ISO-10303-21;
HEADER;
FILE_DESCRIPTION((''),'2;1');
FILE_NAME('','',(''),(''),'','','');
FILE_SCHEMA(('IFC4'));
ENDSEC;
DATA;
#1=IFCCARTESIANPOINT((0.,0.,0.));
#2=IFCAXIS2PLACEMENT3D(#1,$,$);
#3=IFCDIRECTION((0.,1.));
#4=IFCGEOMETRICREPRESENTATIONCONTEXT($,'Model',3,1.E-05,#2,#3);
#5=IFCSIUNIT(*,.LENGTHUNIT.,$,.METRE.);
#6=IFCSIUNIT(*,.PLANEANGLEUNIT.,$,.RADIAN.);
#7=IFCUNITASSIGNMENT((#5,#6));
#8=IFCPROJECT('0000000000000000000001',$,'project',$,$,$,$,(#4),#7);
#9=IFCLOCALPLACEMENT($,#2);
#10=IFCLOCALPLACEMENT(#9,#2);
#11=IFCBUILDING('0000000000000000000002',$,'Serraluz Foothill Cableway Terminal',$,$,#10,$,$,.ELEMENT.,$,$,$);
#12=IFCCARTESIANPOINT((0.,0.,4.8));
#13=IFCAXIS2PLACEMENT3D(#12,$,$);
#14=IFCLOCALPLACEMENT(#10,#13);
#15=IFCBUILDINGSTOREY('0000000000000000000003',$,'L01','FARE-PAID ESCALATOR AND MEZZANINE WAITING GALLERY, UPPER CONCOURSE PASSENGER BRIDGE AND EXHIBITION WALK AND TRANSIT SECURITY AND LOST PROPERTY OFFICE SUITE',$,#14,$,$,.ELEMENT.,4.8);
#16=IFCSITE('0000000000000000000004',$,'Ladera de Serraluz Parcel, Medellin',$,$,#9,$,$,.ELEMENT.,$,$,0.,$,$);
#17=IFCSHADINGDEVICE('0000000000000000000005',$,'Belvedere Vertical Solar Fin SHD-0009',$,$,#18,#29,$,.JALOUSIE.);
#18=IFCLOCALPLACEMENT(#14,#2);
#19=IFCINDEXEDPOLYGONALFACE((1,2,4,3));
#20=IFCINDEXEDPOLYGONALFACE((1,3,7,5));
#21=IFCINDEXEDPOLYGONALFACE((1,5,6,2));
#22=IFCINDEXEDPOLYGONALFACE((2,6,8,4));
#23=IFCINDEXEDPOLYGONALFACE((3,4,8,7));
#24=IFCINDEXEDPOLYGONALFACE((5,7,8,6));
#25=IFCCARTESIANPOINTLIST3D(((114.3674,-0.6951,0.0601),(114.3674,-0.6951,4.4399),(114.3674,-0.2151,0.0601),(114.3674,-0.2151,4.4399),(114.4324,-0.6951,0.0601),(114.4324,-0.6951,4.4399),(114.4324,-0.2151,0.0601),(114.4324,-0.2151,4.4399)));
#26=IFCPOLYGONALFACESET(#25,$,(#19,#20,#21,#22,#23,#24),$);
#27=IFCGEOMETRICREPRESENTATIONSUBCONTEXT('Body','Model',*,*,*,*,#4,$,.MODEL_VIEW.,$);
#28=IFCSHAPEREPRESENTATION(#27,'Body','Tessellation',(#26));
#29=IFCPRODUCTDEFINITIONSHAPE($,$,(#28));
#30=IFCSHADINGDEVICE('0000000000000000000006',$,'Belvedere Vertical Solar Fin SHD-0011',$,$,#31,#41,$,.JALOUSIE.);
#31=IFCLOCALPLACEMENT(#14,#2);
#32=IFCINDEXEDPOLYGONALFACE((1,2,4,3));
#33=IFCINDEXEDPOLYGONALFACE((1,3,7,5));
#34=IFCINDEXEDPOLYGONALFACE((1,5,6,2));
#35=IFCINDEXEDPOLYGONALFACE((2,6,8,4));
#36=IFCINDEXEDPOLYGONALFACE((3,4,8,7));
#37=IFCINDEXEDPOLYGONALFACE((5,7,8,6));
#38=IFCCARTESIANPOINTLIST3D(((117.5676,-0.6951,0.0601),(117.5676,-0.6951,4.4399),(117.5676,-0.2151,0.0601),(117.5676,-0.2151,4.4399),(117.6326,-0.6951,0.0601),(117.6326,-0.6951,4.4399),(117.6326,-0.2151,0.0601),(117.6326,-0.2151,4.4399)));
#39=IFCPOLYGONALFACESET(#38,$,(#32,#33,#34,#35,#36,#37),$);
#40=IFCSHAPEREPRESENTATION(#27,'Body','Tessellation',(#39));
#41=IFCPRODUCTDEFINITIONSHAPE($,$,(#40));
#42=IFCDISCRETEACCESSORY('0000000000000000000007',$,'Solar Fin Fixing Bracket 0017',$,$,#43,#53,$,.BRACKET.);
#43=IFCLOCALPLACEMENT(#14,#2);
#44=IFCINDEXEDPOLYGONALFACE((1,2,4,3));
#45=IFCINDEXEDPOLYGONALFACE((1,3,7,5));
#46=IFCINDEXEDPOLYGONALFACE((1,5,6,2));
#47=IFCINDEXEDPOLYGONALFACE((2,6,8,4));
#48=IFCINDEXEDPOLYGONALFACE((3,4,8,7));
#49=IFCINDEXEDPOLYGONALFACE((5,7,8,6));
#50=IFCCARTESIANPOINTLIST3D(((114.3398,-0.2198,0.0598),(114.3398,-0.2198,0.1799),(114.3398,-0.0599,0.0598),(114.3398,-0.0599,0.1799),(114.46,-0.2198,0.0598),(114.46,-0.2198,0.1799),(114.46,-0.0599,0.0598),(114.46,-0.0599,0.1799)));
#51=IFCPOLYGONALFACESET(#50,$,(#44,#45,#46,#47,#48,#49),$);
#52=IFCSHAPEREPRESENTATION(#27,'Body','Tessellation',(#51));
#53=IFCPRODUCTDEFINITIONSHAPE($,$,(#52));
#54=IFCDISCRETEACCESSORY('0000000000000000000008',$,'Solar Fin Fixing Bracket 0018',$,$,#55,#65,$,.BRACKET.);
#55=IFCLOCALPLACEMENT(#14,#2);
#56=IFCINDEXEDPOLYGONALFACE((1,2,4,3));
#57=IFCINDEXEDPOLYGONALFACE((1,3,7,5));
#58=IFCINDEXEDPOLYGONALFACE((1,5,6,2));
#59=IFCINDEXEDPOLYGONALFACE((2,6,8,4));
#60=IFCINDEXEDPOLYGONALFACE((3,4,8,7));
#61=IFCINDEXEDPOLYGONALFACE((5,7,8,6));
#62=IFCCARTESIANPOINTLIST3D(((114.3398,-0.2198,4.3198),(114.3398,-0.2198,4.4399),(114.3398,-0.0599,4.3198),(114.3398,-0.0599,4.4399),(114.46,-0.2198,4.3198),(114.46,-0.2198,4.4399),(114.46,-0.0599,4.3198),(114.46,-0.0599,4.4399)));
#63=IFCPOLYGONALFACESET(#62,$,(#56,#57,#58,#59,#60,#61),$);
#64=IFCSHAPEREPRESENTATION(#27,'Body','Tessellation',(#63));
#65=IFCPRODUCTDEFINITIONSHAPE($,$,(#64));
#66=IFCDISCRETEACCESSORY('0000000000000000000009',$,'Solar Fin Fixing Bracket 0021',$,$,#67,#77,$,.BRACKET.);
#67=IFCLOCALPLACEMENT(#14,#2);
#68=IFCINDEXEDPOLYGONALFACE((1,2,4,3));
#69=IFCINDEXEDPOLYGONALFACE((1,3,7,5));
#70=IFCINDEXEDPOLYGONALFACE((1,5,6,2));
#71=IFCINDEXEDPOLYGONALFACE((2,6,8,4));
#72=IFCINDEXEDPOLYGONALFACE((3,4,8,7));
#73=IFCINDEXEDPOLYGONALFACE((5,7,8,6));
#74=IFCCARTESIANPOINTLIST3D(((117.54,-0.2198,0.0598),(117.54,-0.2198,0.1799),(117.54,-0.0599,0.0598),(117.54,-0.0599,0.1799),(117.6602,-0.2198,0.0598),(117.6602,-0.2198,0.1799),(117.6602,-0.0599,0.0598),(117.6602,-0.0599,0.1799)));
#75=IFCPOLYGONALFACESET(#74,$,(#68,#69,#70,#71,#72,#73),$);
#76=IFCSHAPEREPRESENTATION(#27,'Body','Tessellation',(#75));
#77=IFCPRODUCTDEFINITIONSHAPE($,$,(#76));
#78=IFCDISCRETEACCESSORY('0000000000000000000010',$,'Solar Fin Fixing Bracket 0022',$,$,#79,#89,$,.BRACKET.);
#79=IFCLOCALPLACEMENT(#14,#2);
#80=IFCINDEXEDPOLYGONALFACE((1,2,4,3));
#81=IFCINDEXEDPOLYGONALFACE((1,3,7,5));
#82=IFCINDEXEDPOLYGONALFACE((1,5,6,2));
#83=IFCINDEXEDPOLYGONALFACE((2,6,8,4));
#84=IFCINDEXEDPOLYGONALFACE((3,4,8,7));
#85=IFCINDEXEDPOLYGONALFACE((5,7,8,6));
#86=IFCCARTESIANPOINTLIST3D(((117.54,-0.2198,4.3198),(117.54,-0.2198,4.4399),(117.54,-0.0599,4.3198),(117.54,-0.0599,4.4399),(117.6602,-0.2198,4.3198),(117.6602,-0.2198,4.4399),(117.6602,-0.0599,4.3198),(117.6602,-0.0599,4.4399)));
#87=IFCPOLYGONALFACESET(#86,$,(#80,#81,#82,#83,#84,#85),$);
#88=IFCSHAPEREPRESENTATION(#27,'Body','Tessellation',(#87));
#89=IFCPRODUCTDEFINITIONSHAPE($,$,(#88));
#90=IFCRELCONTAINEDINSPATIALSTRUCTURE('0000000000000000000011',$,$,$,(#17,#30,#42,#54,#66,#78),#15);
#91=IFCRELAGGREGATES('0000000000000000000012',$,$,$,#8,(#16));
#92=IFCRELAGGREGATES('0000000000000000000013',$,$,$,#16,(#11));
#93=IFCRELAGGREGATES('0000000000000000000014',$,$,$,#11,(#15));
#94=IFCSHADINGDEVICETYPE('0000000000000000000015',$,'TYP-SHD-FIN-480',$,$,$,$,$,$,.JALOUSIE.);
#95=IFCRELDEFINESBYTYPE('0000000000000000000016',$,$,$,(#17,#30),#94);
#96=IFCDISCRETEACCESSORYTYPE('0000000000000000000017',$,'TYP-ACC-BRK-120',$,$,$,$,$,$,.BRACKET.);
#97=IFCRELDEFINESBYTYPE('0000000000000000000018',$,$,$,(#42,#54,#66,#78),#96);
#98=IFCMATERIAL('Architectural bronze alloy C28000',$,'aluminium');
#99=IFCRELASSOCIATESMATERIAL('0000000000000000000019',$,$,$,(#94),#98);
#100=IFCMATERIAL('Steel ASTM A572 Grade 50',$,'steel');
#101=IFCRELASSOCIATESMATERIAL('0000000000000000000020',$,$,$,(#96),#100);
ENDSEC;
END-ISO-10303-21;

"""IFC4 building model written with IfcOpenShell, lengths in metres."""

from ifc_helpers import new_model, si_unit, direction, frame, origin, origin_2d, place, context, subcontext, project, spatial, rectangle, extrude, material, type_object, element, save


model = new_model("IFC4")

# Units and contexts
model_context = context("Model", 3, precision=1e-05, world=origin(), true_north=direction((0.0, 1.0)))
body_context = subcontext(model_context, "Body", "Model", "MODEL_VIEW")
ifc_project = project(units=[si_unit("LENGTHUNIT", "METRE"), si_unit("PLANEANGLEUNIT", "RADIAN")], contexts=[model_context])

# Site, building, storey
site_placement = place(None, origin())
site = spatial("IfcSite", under=ifc_project, at=site_placement, Name="Ladera de Serraluz Parcel, Medellin", CompositionType="ELEMENT", RefElevation=0.0)
building_placement = place(site_placement, origin())
building = spatial("IfcBuilding", under=site, at=building_placement, Name="Serraluz Foothill Cableway Terminal", CompositionType="ELEMENT")
storey_placement = place(building_placement, frame((0.0, 0.0, 4.8)))
storey = spatial("IfcBuildingStorey", under=building, at=storey_placement, Name="L01", Description="FARE-PAID ESCALATOR AND MEZZANINE WAITING GALLERY, UPPER CONCOURSE PASSENGER BRIDGE AND EXHIBITION WALK AND TRANSIT SECURITY AND LOST PROPERTY OFFICE SUITE", CompositionType="ELEMENT", Elevation=4.8)

# Shared definitions
ifc_material_1 = material(Name="Architectural bronze alloy C28000", Category="aluminium")

# Shading devices
shading_device_type = type_object("IfcShadingDeviceType", Name="TYP-SHD-FIN-480", PredefinedType="JALOUSIE", material=ifc_material_1)
for number, where, z_axis, x_axis, name in (
    (1, (114.3999, -0.4551, 0.0601), (0.0, 0.0, 1.0), (1.0, 0.0, 0.0), "Belvedere Vertical Solar Fin SHD-0009"),
    (2, (117.6001, -0.4551, 0.0601), (0.0, 0.0, 1.0), (1.0, 0.0, 0.0), "Belvedere Vertical Solar Fin SHD-0011"),
):
    element("IfcShadingDevice", number, at=place(storey_placement, frame(where, z_axis=z_axis, x_axis=x_axis)), inside=storey, type_object=shading_device_type, Name=name, PredefinedType="JALOUSIE", context=body_context, shape_type="SweptSolid", body=[
        extrude(rectangle(XDim=0.0649, YDim=0.48, at=origin_2d()), origin(), (0.0, 0.0, 1.0), 4.3799),
    ])

# Discrete accessories
ifc_material_2 = material(Name="Steel ASTM A572 Grade 50", Category="steel")
discrete_accessory_type = type_object("IfcDiscreteAccessoryType", Name="TYP-ACC-BRK-120", PredefinedType="BRACKET", material=ifc_material_2)
for number, where, z_axis, x_axis, name in (
    (3, (114.3999, -0.1399, 0.0598), (0.0, 0.0, 1.0), (1.0, 0.0, 0.0), "Solar Fin Fixing Bracket 0017"),
    (4, (114.3999, -0.1399, 4.3198), (0.0, 0.0, 1.0), (1.0, 0.0, 0.0), "Solar Fin Fixing Bracket 0018"),
    (5, (117.6001, -0.1399, 0.0598), (0.0, 0.0, 1.0), (1.0, 0.0, 0.0), "Solar Fin Fixing Bracket 0021"),
    (6, (117.6001, -0.1399, 4.3198), (0.0, 0.0, 1.0), (1.0, 0.0, 0.0), "Solar Fin Fixing Bracket 0022"),
):
    element("IfcDiscreteAccessory", number, at=place(storey_placement, frame(where, z_axis=z_axis, x_axis=x_axis)), inside=storey, type_object=discrete_accessory_type, Name=name, PredefinedType="BRACKET", context=body_context, shape_type="SweptSolid", body=[
        extrude(rectangle(XDim=0.1201, YDim=0.1599, at=origin_2d()), origin(), (0.0, 0.0, 1.0), 0.1201),
    ])

save(model, "model.ifc")
